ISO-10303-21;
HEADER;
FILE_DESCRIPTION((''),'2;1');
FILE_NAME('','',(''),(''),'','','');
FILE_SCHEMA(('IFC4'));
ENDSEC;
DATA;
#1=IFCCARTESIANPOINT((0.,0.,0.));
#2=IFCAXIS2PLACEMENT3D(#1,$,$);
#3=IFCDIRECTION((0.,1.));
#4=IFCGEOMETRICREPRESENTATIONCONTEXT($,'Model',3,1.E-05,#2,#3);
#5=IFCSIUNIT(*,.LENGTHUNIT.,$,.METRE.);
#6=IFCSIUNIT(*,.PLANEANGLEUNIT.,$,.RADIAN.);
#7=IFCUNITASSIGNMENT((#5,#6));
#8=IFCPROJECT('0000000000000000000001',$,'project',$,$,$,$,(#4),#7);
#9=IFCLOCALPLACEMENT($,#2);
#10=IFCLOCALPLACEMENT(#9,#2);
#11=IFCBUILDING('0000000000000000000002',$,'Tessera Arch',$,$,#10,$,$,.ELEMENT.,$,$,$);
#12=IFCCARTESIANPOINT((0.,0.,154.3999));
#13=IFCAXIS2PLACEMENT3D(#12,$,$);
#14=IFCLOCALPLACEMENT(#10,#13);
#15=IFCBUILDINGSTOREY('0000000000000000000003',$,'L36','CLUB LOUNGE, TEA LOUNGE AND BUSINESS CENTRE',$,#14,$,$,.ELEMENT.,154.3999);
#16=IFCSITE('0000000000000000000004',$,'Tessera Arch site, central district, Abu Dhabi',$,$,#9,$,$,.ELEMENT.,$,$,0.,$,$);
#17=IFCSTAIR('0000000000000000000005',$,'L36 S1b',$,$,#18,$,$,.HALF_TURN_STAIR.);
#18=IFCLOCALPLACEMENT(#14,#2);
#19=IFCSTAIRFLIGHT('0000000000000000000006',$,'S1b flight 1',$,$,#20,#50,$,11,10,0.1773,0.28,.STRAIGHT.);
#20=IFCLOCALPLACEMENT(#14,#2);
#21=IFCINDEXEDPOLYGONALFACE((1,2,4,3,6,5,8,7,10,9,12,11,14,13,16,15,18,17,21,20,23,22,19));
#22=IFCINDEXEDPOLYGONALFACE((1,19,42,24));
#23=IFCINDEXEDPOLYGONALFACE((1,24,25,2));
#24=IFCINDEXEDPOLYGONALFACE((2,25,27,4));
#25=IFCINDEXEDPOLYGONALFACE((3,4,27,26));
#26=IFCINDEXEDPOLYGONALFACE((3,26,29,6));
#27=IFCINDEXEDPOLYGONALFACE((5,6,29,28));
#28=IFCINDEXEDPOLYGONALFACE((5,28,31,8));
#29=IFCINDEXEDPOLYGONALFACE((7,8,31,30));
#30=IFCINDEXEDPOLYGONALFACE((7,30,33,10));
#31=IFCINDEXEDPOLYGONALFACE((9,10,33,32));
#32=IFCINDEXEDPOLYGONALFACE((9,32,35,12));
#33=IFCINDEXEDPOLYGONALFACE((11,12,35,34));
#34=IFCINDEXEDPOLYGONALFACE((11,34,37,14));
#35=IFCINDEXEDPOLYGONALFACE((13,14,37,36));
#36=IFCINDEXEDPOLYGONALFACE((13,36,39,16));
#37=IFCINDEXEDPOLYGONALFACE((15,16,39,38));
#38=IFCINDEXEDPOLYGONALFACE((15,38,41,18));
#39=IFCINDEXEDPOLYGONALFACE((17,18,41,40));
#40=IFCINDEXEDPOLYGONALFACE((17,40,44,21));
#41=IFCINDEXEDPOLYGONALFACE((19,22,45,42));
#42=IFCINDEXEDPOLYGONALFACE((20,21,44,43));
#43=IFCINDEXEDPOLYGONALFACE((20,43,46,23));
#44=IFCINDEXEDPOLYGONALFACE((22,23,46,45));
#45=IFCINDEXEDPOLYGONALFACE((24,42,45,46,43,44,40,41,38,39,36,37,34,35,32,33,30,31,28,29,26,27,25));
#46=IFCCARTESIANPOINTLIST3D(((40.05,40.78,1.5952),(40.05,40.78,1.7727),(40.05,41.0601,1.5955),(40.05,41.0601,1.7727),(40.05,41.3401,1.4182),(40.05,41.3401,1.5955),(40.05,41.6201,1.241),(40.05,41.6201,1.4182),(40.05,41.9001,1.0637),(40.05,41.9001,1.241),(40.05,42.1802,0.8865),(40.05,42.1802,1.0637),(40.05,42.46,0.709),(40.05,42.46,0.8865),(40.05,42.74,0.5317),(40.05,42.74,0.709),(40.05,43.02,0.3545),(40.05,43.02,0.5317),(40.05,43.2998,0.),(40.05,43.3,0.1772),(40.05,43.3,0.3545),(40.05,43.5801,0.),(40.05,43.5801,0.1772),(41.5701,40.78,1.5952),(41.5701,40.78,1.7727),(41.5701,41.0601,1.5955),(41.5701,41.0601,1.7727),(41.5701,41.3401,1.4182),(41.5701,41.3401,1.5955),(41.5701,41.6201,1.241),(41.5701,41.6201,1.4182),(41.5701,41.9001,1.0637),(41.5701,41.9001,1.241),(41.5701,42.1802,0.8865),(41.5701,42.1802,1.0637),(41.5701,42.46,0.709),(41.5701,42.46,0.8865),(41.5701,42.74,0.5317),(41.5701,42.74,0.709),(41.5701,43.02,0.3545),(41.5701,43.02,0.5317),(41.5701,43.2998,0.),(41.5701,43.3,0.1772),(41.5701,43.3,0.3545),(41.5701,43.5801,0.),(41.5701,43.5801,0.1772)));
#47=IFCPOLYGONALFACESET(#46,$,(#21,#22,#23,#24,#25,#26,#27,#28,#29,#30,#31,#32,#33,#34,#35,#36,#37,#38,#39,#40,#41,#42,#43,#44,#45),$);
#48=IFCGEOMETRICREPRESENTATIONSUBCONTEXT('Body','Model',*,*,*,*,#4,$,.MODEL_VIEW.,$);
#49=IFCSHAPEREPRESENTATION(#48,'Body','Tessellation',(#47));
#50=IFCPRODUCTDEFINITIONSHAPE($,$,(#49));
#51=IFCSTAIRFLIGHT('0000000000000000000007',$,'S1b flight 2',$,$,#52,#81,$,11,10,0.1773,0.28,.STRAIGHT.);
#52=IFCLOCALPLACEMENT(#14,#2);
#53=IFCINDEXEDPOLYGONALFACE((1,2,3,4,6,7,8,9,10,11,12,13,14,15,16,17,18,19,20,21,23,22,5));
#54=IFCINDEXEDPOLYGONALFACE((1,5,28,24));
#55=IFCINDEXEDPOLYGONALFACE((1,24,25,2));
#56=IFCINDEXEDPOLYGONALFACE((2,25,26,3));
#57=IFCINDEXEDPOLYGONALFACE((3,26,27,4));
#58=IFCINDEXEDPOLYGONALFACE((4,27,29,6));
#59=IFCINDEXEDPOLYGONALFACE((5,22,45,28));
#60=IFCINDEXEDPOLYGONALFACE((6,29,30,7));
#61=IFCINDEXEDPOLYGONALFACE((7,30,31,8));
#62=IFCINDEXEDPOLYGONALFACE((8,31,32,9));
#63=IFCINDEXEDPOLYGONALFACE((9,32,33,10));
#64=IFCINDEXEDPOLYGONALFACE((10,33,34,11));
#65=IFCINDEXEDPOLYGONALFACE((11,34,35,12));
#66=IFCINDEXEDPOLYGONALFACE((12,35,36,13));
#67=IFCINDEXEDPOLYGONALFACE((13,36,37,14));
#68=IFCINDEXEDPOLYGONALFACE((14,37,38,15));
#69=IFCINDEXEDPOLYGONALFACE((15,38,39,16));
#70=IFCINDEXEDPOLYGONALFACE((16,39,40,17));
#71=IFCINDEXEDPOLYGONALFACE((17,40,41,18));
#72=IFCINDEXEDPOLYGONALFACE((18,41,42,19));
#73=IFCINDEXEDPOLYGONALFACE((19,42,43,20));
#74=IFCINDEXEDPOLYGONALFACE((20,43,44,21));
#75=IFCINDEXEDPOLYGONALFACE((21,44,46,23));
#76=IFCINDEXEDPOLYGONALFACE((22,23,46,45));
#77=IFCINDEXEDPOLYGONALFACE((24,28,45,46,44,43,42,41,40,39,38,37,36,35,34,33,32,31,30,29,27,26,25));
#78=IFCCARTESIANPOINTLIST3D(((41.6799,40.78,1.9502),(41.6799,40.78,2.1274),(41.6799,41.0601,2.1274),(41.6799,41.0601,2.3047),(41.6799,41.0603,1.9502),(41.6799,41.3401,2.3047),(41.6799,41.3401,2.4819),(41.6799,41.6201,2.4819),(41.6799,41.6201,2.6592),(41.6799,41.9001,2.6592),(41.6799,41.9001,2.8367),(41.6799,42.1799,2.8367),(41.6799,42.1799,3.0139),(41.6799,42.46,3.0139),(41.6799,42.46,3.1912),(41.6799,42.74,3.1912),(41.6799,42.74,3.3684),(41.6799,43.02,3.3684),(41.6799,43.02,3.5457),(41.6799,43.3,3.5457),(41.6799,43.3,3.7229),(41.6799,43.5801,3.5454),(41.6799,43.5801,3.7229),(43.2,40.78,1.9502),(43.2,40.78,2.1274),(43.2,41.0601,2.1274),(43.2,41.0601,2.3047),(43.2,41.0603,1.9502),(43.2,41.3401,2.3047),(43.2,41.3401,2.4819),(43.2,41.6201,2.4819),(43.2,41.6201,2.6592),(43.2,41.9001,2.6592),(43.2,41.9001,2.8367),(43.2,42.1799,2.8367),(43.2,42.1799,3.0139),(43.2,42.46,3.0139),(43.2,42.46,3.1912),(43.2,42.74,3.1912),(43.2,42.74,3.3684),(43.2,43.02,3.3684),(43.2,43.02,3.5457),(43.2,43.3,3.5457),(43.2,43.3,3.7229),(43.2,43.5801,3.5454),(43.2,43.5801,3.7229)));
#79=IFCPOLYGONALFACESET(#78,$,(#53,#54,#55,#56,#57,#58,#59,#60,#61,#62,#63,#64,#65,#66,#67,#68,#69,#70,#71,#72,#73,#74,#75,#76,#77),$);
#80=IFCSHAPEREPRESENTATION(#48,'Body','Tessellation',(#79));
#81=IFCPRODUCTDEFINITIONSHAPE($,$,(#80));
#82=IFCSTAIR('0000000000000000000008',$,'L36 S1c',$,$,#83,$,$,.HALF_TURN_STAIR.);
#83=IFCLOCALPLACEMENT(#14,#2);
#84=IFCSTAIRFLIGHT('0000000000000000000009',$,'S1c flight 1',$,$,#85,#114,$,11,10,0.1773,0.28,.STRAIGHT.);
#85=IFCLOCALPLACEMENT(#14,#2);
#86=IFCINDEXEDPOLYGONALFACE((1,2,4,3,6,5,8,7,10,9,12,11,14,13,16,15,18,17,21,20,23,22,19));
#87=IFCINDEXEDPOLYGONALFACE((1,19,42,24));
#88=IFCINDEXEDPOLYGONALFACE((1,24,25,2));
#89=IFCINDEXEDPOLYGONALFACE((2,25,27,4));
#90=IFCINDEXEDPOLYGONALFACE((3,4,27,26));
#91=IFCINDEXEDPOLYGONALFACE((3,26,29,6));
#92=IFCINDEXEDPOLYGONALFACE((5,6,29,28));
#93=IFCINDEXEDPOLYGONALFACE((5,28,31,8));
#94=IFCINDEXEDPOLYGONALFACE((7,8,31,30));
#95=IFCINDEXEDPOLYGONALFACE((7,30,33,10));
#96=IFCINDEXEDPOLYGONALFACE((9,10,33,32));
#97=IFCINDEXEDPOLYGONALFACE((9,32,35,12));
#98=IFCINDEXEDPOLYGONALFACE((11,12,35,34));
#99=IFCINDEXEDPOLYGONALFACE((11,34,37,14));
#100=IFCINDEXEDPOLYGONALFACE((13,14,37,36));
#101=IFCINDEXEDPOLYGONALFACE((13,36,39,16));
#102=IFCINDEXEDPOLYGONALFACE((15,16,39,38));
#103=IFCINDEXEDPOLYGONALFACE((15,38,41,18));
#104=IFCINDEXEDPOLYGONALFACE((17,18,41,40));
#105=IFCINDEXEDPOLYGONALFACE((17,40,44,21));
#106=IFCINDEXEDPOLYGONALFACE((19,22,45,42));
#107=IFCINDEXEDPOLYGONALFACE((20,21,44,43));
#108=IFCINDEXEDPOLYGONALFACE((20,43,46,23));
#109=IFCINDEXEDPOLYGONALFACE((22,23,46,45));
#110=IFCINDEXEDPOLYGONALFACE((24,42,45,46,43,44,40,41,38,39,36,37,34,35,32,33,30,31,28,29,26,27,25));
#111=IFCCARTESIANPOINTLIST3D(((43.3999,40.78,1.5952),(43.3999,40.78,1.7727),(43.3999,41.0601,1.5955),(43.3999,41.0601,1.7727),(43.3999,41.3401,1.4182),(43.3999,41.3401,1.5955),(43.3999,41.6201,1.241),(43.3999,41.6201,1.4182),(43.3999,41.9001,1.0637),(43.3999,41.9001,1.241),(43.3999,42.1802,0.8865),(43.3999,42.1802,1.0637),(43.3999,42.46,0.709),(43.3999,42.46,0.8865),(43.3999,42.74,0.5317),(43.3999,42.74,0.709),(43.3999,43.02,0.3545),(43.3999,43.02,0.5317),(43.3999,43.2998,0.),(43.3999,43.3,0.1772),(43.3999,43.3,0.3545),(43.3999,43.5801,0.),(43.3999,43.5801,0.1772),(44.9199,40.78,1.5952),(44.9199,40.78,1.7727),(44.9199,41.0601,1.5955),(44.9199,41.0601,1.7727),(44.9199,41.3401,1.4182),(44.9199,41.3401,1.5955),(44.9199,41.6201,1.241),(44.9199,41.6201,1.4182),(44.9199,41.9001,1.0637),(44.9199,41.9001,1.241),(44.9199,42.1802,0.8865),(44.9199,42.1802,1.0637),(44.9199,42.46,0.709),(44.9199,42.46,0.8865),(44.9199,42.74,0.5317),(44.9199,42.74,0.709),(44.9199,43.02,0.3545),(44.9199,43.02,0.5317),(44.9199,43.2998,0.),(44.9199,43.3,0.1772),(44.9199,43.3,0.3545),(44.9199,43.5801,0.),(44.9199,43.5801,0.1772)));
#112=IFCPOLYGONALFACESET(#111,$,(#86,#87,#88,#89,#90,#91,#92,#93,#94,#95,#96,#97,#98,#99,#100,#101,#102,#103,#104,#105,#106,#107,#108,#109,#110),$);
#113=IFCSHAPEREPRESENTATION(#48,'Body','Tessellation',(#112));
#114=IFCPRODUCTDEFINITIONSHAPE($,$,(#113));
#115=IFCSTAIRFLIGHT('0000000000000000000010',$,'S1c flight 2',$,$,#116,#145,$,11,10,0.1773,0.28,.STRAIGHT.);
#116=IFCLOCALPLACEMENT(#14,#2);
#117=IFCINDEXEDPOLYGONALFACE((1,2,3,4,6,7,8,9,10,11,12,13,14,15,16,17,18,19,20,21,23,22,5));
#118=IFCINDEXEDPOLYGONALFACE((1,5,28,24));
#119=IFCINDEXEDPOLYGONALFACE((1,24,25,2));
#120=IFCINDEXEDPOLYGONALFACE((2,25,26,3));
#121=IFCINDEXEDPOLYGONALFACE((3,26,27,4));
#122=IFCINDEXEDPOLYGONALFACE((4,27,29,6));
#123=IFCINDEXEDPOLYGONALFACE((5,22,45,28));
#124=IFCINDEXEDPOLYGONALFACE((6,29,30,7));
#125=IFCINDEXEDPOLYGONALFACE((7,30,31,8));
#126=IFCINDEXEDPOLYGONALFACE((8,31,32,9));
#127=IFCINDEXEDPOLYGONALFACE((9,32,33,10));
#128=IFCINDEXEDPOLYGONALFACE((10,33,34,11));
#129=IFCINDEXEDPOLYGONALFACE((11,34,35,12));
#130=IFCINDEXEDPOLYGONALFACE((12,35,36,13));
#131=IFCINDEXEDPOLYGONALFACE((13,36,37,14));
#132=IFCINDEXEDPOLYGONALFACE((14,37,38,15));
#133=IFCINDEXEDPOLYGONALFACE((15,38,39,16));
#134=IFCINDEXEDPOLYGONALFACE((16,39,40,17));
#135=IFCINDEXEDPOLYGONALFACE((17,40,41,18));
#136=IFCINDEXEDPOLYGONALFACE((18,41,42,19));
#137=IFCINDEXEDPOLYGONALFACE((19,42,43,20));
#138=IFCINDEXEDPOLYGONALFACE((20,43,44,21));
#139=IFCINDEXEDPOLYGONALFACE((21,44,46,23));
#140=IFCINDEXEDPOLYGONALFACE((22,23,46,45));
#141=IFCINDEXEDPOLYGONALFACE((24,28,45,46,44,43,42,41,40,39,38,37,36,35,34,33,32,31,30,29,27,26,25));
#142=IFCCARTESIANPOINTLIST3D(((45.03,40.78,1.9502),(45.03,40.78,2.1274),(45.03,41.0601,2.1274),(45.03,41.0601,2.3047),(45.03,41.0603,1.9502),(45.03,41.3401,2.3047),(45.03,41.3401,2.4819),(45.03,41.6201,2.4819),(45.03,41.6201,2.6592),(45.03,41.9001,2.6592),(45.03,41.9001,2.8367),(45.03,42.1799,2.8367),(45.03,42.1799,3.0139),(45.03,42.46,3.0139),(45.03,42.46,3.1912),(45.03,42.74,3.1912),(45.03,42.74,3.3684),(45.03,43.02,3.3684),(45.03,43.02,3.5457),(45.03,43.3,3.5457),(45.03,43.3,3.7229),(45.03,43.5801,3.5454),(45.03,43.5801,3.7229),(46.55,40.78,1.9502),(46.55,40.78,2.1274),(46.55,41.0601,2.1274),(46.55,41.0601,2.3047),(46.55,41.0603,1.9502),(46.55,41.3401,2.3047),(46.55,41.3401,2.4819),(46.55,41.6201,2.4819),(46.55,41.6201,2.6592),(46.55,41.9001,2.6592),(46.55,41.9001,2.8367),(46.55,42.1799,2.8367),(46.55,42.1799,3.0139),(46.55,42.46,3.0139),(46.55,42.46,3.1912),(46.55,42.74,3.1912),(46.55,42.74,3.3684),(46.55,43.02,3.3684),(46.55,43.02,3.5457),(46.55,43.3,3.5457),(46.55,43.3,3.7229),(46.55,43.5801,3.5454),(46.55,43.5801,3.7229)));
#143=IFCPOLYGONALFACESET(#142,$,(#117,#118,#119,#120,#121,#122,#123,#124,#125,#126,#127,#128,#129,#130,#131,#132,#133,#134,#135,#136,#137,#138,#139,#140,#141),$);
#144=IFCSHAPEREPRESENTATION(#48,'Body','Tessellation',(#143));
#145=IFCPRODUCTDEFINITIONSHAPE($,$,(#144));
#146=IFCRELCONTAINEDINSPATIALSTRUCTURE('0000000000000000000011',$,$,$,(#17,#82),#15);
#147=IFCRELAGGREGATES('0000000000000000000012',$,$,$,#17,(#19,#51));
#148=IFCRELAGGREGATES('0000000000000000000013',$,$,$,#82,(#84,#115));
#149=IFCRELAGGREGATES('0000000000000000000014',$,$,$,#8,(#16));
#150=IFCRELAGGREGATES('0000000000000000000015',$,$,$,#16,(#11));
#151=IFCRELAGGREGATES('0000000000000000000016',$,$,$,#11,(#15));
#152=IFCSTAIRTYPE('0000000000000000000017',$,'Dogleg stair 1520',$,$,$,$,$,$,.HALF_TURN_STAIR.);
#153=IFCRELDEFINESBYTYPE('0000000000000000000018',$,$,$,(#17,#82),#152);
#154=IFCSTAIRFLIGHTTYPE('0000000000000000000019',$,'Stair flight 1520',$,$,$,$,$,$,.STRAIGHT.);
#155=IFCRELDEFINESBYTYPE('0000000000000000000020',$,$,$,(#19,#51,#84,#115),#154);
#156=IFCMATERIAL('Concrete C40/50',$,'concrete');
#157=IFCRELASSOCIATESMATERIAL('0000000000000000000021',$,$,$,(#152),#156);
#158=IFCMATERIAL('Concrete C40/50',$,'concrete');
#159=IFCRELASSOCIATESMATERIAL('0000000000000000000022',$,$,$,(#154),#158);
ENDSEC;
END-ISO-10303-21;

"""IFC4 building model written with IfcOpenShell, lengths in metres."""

from ifc_helpers import new_model, si_unit, direction, frame, origin, place, context, subcontext, project, spatial, polyline, outline, extrude, material, type_object, element, aggregate, save


model = new_model("IFC4")

# Units and contexts
model_context = context("Model", 3, precision=1e-05, world=origin(), true_north=direction((0.0, 1.0)))
body_context = subcontext(model_context, "Body", "Model", "MODEL_VIEW")
ifc_project = project(units=[si_unit("LENGTHUNIT", "METRE"), si_unit("PLANEANGLEUNIT", "RADIAN")], contexts=[model_context])

# Site, building, storey
site_placement = place(None, origin())
site = spatial("IfcSite", under=ifc_project, at=site_placement, Name="Tessera Arch site, central district, Abu Dhabi", CompositionType="ELEMENT", RefElevation=0.0)
building_placement = place(site_placement, origin())
building = spatial("IfcBuilding", under=site, at=building_placement, Name="Tessera Arch", CompositionType="ELEMENT")
storey_placement = place(building_placement, frame((0.0, 0.0, 154.3999)))
storey = spatial("IfcBuildingStorey", under=building, at=storey_placement, Name="L36", Description="CLUB LOUNGE, TEA LOUNGE AND BUSINESS CENTRE", CompositionType="ELEMENT", Elevation=154.3999)

# Stairs, stair flights
ifc_material_1 = material(Name="Concrete C40/50", Category="concrete")
stair_type = type_object("IfcStairType", Name="Dogleg stair 1520", PredefinedType="HALF_TURN_STAIR", material=ifc_material_1)
stair_1_placement = place(storey_placement, origin())
stair_1 = element("IfcStair", 1, at=stair_1_placement, inside=storey, type_object=stair_type, Name="L36 S1b", PredefinedType="HALF_TURN_STAIR")
ifc_material_2 = material(Name="Concrete C40/50", Category="concrete")
stair_flight_type = type_object("IfcStairFlightType", Name="Stair flight 1520", PredefinedType="STRAIGHT", material=ifc_material_2)
stair_flight_1_placement = place(storey_placement, frame((40.8101, 43.5801, 0.0), z_axis=(0.0, 0.0, 1.0), x_axis=(0.0, -1.0, 0.0)))
stair_flight_1 = element("IfcStairFlight", 2, at=stair_flight_1_placement, type_object=stair_flight_type, Name="S1b flight 1", NumberOfRisers=11, NumberOfTreads=10, PredefinedType="STRAIGHT", RiserHeight=0.1773, TreadLength=0.28, context=body_context, shape_type="SweptSolid", body=[
    extrude(outline(polyline([(0.0, 0.0), (0.0, 0.1772), (0.28, 0.1772), (0.28, 0.3545), (0.5601, 0.3545), (0.5601, 0.5317), (0.8401, 0.5317), (0.8401, 0.709), (1.1201, 0.709), (1.1201, 0.8865), (1.3999, 0.8865), (1.3999, 1.0637), (1.6799, 1.0637), (1.6799, 1.241), (1.96, 1.241), (1.96, 1.4182), (2.24, 1.4182), (2.24, 1.5955), (2.52, 1.5955), (2.52, 1.7727), (2.8, 1.7727), (2.8, 1.95), (2.8, 1.5952), (0.2803, 0.0), (0.0, 0.0)])), frame((0.0, 0.76, 0.0), z_axis=(0.0, -1.0, 0.0), x_axis=(1.0, 0.0, 0.0)), (0.0, 0.0, 1.0), 1.52),
])
stair_flight_2_placement = place(storey_placement, frame((42.4399, 40.78, 1.9502), z_axis=(0.0, 0.0, 1.0), x_axis=(0.0, 1.0, 0.0)))
stair_flight_2 = element("IfcStairFlight", 3, at=stair_flight_2_placement, type_object=stair_flight_type, Name="S1b flight 2", NumberOfRisers=11, NumberOfTreads=10, PredefinedType="STRAIGHT", RiserHeight=0.1773, TreadLength=0.28, context=body_context, shape_type="SweptSolid", body=[
    extrude(outline(polyline([(0.0, 0.0), (0.0, 0.1772), (0.28, 0.1772), (0.28, 0.3545), (0.5601, 0.3545), (0.5601, 0.5317), (0.8401, 0.5317), (0.8401, 0.709), (1.1201, 0.709), (1.1201, 0.8865), (1.3999, 0.8865), (1.3999, 1.0637), (1.6799, 1.0637), (1.6799, 1.241), (1.96, 1.241), (1.96, 1.4182), (2.24, 1.4182), (2.24, 1.5955), (2.52, 1.5955), (2.52, 1.7727), (2.8, 1.7727), (2.8, 1.95), (2.8, 1.5952), (0.2803, 0.0), (0.0, 0.0)])), frame((0.0, 0.76, 0.0), z_axis=(0.0, -1.0, 0.0), x_axis=(1.0, 0.0, 0.0)), (0.0, 0.0, 1.0), 1.52),
])
aggregate(stair_1, [stair_flight_1, stair_flight_2])
stair_2_placement = place(storey_placement, origin())
stair_2 = element("IfcStair", 4, at=stair_2_placement, inside=storey, type_object=stair_type, Name="L36 S1c", PredefinedType="HALF_TURN_STAIR")
stair_flight_3_placement = place(storey_placement, frame((44.1599, 43.5801, 0.0), z_axis=(0.0, 0.0, 1.0), x_axis=(0.0, -1.0, 0.0)))
stair_flight_3 = element("IfcStairFlight", 5, at=stair_flight_3_placement, type_object=stair_flight_type, Name="S1c flight 1", NumberOfRisers=11, NumberOfTreads=10, PredefinedType="STRAIGHT", RiserHeight=0.1773, TreadLength=0.28, context=body_context, shape_type="SweptSolid", body=[
    extrude(outline(polyline([(0.0, 0.0), (0.0, 0.1772), (0.28, 0.1772), (0.28, 0.3545), (0.5601, 0.3545), (0.5601, 0.5317), (0.8401, 0.5317), (0.8401, 0.709), (1.1201, 0.709), (1.1201, 0.8865), (1.3999, 0.8865), (1.3999, 1.0637), (1.6799, 1.0637), (1.6799, 1.241), (1.96, 1.241), (1.96, 1.4182), (2.24, 1.4182), (2.24, 1.5955), (2.52, 1.5955), (2.52, 1.7727), (2.8, 1.7727), (2.8, 1.95), (2.8, 1.5952), (0.2803, 0.0), (0.0, 0.0)])), frame((0.0, 0.76, 0.0), z_axis=(0.0, -1.0, 0.0), x_axis=(1.0, 0.0, 0.0)), (0.0, 0.0, 1.0), 1.52),
])
stair_flight_4_placement = place(storey_placement, frame((45.79, 40.78, 1.9502), z_axis=(0.0, 0.0, 1.0), x_axis=(0.0, 1.0, 0.0)))
stair_flight_4 = element("IfcStairFlight", 6, at=stair_flight_4_placement, type_object=stair_flight_type, Name="S1c flight 2", NumberOfRisers=11, NumberOfTreads=10, PredefinedType="STRAIGHT", RiserHeight=0.1773, TreadLength=0.28, context=body_context, shape_type="SweptSolid", body=[
    extrude(outline(polyline([(0.0, 0.0), (0.0, 0.1772), (0.28, 0.1772), (0.28, 0.3545), (0.5601, 0.3545), (0.5601, 0.5317), (0.8401, 0.5317), (0.8401, 0.709), (1.1201, 0.709), (1.1201, 0.8865), (1.3999, 0.8865), (1.3999, 1.0637), (1.6799, 1.0637), (1.6799, 1.241), (1.96, 1.241), (1.96, 1.4182), (2.24, 1.4182), (2.24, 1.5955), (2.52, 1.5955), (2.52, 1.7727), (2.8, 1.7727), (2.8, 1.95), (2.8, 1.5952), (0.2803, 0.0), (0.0, 0.0)])), frame((0.0, 0.76, 0.0), z_axis=(0.0, -1.0, 0.0), x_axis=(1.0, 0.0, 0.0)), (0.0, 0.0, 1.0), 1.52),
])
aggregate(stair_2, [stair_flight_3, stair_flight_4])

save(model, "model.ifc")
